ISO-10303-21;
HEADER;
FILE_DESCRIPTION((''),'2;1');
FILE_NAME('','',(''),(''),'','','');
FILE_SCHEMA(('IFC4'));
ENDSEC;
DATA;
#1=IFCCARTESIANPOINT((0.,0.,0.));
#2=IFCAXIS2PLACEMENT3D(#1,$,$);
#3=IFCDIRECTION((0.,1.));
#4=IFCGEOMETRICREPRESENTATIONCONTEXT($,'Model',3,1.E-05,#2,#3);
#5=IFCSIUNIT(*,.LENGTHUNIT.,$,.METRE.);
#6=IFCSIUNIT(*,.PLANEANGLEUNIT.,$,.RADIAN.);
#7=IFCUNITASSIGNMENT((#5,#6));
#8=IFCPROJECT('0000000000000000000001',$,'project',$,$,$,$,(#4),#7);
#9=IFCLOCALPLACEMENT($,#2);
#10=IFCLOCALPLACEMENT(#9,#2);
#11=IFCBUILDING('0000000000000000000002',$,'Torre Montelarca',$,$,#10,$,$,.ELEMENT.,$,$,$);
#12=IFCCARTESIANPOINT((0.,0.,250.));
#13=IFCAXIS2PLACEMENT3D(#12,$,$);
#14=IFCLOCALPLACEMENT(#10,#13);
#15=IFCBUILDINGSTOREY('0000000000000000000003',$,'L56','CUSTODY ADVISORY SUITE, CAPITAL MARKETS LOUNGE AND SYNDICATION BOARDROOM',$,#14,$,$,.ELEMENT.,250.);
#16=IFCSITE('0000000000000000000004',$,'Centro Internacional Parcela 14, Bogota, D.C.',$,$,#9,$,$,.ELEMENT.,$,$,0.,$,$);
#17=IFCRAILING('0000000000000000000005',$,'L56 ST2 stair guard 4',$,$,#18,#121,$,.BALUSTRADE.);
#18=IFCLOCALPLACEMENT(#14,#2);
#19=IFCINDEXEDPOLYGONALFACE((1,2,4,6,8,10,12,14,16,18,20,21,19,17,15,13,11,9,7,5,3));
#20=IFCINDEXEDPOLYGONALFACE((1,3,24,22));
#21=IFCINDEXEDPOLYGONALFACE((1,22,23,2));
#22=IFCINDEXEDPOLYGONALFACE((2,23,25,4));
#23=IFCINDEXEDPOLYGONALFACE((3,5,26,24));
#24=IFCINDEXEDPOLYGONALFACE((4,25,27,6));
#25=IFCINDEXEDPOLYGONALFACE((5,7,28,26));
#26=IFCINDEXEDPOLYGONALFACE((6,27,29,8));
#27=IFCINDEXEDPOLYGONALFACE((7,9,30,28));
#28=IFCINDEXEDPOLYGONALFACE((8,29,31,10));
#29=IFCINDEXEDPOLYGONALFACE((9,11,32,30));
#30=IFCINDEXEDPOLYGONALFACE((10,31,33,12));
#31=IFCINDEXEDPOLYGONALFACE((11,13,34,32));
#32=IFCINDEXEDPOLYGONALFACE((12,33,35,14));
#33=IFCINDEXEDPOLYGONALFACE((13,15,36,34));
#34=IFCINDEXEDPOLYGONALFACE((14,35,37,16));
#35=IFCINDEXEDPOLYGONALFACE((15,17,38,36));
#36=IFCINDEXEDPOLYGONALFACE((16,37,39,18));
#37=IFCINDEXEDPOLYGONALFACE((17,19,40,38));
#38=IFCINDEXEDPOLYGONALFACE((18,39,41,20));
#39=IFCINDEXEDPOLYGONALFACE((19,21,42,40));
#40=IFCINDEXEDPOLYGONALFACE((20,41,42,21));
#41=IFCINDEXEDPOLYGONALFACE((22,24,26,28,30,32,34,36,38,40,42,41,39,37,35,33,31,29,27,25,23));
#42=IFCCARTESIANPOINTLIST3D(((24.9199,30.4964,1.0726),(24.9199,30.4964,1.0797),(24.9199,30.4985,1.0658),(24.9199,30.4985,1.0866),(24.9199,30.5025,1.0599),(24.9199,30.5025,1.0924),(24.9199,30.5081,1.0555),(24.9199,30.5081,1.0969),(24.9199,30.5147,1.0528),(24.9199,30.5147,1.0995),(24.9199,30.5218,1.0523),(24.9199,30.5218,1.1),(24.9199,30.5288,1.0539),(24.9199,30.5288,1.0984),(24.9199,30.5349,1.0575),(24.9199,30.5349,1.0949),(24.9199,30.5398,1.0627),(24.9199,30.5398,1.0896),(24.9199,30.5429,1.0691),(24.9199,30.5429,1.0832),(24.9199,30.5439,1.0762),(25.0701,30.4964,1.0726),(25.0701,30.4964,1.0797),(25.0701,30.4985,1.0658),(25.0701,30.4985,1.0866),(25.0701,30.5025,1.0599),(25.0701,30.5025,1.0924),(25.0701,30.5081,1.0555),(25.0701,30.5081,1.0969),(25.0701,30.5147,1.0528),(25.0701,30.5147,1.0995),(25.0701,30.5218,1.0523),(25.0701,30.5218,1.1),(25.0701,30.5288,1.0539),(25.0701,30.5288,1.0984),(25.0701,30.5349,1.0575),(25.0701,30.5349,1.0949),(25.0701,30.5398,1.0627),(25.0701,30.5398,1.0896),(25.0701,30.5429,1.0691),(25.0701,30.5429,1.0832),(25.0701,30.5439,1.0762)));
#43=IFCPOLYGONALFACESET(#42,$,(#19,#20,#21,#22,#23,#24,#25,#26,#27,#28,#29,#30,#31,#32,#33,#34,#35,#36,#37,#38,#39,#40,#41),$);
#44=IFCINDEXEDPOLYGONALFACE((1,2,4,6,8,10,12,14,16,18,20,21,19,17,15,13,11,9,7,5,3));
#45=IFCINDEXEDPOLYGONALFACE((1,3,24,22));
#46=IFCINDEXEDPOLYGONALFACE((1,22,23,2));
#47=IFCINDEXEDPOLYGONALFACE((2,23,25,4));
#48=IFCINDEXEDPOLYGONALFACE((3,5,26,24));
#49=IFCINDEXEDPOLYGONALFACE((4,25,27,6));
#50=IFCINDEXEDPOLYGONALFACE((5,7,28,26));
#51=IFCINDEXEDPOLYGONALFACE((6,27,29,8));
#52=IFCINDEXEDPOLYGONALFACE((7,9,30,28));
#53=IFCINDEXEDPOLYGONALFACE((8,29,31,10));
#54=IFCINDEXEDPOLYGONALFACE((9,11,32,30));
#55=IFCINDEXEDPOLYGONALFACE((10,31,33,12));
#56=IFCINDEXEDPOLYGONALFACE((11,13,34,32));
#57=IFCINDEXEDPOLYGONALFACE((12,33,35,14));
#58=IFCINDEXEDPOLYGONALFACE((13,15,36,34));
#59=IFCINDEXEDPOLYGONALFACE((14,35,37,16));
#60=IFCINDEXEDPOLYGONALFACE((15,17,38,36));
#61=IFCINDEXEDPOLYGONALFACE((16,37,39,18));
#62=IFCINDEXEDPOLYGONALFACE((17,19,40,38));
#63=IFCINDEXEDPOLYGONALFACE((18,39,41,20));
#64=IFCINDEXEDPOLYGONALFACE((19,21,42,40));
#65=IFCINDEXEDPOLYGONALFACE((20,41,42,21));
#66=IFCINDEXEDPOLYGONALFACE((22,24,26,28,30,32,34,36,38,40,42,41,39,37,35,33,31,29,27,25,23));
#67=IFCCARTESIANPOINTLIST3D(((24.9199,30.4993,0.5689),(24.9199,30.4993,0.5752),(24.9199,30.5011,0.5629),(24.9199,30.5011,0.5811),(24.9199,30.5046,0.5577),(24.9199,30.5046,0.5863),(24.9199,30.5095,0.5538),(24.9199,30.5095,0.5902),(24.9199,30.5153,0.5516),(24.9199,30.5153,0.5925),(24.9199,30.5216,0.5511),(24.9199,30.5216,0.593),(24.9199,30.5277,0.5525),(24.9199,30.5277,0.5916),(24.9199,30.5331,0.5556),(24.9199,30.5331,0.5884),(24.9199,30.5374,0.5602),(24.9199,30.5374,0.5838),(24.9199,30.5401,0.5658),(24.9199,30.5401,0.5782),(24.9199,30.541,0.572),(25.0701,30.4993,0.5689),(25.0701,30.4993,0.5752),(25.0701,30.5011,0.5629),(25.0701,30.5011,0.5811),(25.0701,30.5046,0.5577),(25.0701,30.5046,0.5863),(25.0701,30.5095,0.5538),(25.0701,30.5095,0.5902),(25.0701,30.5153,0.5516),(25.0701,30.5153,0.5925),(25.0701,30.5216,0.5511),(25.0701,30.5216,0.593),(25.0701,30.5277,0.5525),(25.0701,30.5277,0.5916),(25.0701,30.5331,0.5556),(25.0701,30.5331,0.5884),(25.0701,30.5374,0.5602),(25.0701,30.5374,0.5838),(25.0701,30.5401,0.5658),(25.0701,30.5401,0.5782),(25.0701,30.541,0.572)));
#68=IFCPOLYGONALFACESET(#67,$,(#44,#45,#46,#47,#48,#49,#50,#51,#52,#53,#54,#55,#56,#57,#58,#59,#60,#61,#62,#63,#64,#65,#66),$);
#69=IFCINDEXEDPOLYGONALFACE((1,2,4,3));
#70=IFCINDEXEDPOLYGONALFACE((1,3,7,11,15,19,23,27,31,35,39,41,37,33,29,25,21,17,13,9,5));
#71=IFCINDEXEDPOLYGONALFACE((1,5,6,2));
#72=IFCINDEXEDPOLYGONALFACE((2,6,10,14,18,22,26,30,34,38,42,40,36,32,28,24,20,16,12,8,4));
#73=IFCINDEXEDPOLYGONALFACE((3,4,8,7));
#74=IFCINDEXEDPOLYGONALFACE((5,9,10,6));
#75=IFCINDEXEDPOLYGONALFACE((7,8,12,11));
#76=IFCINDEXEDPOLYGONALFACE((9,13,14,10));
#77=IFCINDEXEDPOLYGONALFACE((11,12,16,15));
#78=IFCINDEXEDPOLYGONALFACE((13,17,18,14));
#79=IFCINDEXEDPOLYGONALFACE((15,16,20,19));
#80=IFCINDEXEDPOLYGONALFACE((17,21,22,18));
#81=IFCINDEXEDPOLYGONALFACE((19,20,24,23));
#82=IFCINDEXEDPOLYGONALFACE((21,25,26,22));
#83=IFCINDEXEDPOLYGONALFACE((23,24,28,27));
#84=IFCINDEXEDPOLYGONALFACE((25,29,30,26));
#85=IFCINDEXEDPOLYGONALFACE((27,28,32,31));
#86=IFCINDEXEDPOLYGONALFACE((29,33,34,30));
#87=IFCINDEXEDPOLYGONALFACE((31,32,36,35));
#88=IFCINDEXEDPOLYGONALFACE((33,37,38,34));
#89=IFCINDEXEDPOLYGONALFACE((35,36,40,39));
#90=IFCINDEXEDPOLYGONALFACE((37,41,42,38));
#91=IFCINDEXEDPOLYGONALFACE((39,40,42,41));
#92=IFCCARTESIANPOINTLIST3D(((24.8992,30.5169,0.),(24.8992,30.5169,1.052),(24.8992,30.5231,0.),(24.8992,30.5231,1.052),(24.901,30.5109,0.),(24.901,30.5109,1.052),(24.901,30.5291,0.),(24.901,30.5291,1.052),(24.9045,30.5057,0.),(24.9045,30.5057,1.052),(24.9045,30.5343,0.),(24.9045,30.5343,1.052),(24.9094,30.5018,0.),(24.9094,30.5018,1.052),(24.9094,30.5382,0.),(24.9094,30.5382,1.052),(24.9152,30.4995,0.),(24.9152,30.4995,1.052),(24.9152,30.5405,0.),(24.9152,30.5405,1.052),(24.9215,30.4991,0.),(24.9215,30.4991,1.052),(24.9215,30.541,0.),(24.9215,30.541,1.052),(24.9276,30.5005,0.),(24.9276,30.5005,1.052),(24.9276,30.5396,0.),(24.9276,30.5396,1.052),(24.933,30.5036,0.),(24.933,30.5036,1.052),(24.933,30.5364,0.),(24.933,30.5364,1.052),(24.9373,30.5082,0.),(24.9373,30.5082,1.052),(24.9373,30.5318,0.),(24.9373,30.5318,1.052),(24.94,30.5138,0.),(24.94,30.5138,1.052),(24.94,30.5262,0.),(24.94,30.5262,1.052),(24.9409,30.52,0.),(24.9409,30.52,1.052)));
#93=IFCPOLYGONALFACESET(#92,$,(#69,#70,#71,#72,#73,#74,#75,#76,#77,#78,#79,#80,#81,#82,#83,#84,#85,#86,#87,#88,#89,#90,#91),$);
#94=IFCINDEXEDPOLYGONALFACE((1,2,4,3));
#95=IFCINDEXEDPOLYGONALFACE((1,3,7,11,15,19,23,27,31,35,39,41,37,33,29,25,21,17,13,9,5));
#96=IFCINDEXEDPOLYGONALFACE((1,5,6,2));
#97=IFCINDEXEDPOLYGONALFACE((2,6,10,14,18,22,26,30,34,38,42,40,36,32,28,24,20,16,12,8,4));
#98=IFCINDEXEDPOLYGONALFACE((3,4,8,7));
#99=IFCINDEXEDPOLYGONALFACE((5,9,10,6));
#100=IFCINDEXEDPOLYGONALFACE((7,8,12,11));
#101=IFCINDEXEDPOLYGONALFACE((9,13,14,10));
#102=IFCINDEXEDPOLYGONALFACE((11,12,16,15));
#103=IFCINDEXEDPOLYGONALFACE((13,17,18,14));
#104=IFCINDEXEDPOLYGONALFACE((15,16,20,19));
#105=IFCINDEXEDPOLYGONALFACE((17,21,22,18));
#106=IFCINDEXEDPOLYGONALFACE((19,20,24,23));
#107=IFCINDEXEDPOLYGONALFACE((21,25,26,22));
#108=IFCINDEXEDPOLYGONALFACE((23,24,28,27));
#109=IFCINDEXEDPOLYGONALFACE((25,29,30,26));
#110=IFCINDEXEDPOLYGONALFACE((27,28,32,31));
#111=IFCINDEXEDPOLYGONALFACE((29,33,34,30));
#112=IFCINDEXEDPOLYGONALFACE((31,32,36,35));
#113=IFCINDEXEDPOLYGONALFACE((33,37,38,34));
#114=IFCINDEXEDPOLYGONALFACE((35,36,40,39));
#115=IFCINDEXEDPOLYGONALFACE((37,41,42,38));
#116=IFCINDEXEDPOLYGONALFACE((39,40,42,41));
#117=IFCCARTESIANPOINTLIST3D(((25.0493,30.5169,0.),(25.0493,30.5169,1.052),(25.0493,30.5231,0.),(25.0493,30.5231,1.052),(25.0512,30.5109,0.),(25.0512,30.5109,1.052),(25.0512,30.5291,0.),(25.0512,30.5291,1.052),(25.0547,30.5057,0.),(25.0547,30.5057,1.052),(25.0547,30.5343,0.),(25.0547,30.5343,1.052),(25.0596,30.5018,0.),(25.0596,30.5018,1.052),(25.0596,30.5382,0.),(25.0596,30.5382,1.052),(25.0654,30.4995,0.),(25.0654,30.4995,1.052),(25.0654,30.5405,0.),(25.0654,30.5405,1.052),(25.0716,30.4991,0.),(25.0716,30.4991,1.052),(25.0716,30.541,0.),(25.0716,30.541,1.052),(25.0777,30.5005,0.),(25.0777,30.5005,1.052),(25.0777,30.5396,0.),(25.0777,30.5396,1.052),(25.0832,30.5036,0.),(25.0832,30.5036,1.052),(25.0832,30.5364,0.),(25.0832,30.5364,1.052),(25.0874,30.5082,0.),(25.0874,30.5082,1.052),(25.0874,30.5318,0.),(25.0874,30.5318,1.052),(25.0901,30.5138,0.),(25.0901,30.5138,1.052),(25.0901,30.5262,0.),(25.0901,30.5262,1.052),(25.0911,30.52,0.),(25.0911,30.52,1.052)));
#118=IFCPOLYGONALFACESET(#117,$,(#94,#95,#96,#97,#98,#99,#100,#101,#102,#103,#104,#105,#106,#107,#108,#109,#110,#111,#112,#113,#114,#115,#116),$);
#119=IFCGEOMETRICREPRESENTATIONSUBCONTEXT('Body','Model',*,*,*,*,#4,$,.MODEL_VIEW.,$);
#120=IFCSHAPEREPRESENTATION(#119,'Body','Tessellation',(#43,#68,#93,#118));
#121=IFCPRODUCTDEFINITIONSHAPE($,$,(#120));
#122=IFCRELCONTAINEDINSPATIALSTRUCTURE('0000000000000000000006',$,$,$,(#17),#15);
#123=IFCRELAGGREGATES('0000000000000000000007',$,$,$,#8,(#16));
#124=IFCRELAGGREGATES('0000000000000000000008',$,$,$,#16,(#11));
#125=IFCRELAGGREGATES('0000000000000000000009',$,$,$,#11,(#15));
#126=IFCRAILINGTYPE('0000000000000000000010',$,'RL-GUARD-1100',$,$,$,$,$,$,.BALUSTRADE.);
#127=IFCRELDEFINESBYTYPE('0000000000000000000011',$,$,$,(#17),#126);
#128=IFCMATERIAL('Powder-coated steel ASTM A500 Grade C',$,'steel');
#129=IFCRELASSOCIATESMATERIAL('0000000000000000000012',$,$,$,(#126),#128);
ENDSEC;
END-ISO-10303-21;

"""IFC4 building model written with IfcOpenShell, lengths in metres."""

from ifc_helpers import new_model, si_unit, direction, frame, origin, origin_2d, place, context, subcontext, project, spatial, circle, extrude, material, type_object, element, save


model = new_model("IFC4")

# Units and contexts
model_context = context("Model", 3, precision=1e-05, world=origin(), true_north=direction((0.0, 1.0)))
body_context = subcontext(model_context, "Body", "Model", "MODEL_VIEW")
ifc_project = project(units=[si_unit("LENGTHUNIT", "METRE"), si_unit("PLANEANGLEUNIT", "RADIAN")], contexts=[model_context])

# Site, building, storey
site_placement = place(None, origin())
site = spatial("IfcSite", under=ifc_project, at=site_placement, Name="Centro Internacional Parcela 14, Bogota, D.C.", CompositionType="ELEMENT", RefElevation=0.0)
building_placement = place(site_placement, origin())
building = spatial("IfcBuilding", under=site, at=building_placement, Name="Torre Montelarca", CompositionType="ELEMENT")
storey_placement = place(building_placement, frame((0.0, 0.0, 250.0)))
storey = spatial("IfcBuildingStorey", under=building, at=storey_placement, Name="L56", Description="CUSTODY ADVISORY SUITE, CAPITAL MARKETS LOUNGE AND SYNDICATION BOARDROOM", CompositionType="ELEMENT", Elevation=250.0)

# Railing
ifc_material_1 = material(Name="Powder-coated steel ASTM A500 Grade C", Category="steel")
railing_type_1 = type_object("IfcRailingType", Name="RL-GUARD-1100", PredefinedType="BALUSTRADE", material=ifc_material_1)
railing_1_placement = place(storey_placement, frame((24.9199, 30.52, 0.0)))
element("IfcRailing", 1, at=railing_1_placement, inside=storey, type_object=railing_type_1, Name="L56 ST2 stair guard 4", PredefinedType="BALUSTRADE", context=body_context, shape_type="SweptSolid", body=[
    extrude(circle(Radius=0.0239, at=origin_2d()), frame((0.0, 0.0, 1.0762), z_axis=(1.0, 0.0, 0.0), x_axis=(0.0, 1.0, 0.0)), (0.0, 0.0, 1.0), 0.1501),
    extrude(circle(Radius=0.021, at=origin_2d()), frame((0.0, 0.0, 0.572), z_axis=(1.0, 0.0, 0.0), x_axis=(0.0, 1.0, 0.0)), (0.0, 0.0, 1.0), 0.1501),
    extrude(circle(Radius=0.021, at=origin_2d()), origin(), (0.0, 0.0, 1.0), 1.052),
    extrude(circle(Radius=0.021, at=origin_2d()), frame((0.1501, 0.0, 0.0)), (0.0, 0.0, 1.0), 1.052),
])

save(model, "model.ifc")
